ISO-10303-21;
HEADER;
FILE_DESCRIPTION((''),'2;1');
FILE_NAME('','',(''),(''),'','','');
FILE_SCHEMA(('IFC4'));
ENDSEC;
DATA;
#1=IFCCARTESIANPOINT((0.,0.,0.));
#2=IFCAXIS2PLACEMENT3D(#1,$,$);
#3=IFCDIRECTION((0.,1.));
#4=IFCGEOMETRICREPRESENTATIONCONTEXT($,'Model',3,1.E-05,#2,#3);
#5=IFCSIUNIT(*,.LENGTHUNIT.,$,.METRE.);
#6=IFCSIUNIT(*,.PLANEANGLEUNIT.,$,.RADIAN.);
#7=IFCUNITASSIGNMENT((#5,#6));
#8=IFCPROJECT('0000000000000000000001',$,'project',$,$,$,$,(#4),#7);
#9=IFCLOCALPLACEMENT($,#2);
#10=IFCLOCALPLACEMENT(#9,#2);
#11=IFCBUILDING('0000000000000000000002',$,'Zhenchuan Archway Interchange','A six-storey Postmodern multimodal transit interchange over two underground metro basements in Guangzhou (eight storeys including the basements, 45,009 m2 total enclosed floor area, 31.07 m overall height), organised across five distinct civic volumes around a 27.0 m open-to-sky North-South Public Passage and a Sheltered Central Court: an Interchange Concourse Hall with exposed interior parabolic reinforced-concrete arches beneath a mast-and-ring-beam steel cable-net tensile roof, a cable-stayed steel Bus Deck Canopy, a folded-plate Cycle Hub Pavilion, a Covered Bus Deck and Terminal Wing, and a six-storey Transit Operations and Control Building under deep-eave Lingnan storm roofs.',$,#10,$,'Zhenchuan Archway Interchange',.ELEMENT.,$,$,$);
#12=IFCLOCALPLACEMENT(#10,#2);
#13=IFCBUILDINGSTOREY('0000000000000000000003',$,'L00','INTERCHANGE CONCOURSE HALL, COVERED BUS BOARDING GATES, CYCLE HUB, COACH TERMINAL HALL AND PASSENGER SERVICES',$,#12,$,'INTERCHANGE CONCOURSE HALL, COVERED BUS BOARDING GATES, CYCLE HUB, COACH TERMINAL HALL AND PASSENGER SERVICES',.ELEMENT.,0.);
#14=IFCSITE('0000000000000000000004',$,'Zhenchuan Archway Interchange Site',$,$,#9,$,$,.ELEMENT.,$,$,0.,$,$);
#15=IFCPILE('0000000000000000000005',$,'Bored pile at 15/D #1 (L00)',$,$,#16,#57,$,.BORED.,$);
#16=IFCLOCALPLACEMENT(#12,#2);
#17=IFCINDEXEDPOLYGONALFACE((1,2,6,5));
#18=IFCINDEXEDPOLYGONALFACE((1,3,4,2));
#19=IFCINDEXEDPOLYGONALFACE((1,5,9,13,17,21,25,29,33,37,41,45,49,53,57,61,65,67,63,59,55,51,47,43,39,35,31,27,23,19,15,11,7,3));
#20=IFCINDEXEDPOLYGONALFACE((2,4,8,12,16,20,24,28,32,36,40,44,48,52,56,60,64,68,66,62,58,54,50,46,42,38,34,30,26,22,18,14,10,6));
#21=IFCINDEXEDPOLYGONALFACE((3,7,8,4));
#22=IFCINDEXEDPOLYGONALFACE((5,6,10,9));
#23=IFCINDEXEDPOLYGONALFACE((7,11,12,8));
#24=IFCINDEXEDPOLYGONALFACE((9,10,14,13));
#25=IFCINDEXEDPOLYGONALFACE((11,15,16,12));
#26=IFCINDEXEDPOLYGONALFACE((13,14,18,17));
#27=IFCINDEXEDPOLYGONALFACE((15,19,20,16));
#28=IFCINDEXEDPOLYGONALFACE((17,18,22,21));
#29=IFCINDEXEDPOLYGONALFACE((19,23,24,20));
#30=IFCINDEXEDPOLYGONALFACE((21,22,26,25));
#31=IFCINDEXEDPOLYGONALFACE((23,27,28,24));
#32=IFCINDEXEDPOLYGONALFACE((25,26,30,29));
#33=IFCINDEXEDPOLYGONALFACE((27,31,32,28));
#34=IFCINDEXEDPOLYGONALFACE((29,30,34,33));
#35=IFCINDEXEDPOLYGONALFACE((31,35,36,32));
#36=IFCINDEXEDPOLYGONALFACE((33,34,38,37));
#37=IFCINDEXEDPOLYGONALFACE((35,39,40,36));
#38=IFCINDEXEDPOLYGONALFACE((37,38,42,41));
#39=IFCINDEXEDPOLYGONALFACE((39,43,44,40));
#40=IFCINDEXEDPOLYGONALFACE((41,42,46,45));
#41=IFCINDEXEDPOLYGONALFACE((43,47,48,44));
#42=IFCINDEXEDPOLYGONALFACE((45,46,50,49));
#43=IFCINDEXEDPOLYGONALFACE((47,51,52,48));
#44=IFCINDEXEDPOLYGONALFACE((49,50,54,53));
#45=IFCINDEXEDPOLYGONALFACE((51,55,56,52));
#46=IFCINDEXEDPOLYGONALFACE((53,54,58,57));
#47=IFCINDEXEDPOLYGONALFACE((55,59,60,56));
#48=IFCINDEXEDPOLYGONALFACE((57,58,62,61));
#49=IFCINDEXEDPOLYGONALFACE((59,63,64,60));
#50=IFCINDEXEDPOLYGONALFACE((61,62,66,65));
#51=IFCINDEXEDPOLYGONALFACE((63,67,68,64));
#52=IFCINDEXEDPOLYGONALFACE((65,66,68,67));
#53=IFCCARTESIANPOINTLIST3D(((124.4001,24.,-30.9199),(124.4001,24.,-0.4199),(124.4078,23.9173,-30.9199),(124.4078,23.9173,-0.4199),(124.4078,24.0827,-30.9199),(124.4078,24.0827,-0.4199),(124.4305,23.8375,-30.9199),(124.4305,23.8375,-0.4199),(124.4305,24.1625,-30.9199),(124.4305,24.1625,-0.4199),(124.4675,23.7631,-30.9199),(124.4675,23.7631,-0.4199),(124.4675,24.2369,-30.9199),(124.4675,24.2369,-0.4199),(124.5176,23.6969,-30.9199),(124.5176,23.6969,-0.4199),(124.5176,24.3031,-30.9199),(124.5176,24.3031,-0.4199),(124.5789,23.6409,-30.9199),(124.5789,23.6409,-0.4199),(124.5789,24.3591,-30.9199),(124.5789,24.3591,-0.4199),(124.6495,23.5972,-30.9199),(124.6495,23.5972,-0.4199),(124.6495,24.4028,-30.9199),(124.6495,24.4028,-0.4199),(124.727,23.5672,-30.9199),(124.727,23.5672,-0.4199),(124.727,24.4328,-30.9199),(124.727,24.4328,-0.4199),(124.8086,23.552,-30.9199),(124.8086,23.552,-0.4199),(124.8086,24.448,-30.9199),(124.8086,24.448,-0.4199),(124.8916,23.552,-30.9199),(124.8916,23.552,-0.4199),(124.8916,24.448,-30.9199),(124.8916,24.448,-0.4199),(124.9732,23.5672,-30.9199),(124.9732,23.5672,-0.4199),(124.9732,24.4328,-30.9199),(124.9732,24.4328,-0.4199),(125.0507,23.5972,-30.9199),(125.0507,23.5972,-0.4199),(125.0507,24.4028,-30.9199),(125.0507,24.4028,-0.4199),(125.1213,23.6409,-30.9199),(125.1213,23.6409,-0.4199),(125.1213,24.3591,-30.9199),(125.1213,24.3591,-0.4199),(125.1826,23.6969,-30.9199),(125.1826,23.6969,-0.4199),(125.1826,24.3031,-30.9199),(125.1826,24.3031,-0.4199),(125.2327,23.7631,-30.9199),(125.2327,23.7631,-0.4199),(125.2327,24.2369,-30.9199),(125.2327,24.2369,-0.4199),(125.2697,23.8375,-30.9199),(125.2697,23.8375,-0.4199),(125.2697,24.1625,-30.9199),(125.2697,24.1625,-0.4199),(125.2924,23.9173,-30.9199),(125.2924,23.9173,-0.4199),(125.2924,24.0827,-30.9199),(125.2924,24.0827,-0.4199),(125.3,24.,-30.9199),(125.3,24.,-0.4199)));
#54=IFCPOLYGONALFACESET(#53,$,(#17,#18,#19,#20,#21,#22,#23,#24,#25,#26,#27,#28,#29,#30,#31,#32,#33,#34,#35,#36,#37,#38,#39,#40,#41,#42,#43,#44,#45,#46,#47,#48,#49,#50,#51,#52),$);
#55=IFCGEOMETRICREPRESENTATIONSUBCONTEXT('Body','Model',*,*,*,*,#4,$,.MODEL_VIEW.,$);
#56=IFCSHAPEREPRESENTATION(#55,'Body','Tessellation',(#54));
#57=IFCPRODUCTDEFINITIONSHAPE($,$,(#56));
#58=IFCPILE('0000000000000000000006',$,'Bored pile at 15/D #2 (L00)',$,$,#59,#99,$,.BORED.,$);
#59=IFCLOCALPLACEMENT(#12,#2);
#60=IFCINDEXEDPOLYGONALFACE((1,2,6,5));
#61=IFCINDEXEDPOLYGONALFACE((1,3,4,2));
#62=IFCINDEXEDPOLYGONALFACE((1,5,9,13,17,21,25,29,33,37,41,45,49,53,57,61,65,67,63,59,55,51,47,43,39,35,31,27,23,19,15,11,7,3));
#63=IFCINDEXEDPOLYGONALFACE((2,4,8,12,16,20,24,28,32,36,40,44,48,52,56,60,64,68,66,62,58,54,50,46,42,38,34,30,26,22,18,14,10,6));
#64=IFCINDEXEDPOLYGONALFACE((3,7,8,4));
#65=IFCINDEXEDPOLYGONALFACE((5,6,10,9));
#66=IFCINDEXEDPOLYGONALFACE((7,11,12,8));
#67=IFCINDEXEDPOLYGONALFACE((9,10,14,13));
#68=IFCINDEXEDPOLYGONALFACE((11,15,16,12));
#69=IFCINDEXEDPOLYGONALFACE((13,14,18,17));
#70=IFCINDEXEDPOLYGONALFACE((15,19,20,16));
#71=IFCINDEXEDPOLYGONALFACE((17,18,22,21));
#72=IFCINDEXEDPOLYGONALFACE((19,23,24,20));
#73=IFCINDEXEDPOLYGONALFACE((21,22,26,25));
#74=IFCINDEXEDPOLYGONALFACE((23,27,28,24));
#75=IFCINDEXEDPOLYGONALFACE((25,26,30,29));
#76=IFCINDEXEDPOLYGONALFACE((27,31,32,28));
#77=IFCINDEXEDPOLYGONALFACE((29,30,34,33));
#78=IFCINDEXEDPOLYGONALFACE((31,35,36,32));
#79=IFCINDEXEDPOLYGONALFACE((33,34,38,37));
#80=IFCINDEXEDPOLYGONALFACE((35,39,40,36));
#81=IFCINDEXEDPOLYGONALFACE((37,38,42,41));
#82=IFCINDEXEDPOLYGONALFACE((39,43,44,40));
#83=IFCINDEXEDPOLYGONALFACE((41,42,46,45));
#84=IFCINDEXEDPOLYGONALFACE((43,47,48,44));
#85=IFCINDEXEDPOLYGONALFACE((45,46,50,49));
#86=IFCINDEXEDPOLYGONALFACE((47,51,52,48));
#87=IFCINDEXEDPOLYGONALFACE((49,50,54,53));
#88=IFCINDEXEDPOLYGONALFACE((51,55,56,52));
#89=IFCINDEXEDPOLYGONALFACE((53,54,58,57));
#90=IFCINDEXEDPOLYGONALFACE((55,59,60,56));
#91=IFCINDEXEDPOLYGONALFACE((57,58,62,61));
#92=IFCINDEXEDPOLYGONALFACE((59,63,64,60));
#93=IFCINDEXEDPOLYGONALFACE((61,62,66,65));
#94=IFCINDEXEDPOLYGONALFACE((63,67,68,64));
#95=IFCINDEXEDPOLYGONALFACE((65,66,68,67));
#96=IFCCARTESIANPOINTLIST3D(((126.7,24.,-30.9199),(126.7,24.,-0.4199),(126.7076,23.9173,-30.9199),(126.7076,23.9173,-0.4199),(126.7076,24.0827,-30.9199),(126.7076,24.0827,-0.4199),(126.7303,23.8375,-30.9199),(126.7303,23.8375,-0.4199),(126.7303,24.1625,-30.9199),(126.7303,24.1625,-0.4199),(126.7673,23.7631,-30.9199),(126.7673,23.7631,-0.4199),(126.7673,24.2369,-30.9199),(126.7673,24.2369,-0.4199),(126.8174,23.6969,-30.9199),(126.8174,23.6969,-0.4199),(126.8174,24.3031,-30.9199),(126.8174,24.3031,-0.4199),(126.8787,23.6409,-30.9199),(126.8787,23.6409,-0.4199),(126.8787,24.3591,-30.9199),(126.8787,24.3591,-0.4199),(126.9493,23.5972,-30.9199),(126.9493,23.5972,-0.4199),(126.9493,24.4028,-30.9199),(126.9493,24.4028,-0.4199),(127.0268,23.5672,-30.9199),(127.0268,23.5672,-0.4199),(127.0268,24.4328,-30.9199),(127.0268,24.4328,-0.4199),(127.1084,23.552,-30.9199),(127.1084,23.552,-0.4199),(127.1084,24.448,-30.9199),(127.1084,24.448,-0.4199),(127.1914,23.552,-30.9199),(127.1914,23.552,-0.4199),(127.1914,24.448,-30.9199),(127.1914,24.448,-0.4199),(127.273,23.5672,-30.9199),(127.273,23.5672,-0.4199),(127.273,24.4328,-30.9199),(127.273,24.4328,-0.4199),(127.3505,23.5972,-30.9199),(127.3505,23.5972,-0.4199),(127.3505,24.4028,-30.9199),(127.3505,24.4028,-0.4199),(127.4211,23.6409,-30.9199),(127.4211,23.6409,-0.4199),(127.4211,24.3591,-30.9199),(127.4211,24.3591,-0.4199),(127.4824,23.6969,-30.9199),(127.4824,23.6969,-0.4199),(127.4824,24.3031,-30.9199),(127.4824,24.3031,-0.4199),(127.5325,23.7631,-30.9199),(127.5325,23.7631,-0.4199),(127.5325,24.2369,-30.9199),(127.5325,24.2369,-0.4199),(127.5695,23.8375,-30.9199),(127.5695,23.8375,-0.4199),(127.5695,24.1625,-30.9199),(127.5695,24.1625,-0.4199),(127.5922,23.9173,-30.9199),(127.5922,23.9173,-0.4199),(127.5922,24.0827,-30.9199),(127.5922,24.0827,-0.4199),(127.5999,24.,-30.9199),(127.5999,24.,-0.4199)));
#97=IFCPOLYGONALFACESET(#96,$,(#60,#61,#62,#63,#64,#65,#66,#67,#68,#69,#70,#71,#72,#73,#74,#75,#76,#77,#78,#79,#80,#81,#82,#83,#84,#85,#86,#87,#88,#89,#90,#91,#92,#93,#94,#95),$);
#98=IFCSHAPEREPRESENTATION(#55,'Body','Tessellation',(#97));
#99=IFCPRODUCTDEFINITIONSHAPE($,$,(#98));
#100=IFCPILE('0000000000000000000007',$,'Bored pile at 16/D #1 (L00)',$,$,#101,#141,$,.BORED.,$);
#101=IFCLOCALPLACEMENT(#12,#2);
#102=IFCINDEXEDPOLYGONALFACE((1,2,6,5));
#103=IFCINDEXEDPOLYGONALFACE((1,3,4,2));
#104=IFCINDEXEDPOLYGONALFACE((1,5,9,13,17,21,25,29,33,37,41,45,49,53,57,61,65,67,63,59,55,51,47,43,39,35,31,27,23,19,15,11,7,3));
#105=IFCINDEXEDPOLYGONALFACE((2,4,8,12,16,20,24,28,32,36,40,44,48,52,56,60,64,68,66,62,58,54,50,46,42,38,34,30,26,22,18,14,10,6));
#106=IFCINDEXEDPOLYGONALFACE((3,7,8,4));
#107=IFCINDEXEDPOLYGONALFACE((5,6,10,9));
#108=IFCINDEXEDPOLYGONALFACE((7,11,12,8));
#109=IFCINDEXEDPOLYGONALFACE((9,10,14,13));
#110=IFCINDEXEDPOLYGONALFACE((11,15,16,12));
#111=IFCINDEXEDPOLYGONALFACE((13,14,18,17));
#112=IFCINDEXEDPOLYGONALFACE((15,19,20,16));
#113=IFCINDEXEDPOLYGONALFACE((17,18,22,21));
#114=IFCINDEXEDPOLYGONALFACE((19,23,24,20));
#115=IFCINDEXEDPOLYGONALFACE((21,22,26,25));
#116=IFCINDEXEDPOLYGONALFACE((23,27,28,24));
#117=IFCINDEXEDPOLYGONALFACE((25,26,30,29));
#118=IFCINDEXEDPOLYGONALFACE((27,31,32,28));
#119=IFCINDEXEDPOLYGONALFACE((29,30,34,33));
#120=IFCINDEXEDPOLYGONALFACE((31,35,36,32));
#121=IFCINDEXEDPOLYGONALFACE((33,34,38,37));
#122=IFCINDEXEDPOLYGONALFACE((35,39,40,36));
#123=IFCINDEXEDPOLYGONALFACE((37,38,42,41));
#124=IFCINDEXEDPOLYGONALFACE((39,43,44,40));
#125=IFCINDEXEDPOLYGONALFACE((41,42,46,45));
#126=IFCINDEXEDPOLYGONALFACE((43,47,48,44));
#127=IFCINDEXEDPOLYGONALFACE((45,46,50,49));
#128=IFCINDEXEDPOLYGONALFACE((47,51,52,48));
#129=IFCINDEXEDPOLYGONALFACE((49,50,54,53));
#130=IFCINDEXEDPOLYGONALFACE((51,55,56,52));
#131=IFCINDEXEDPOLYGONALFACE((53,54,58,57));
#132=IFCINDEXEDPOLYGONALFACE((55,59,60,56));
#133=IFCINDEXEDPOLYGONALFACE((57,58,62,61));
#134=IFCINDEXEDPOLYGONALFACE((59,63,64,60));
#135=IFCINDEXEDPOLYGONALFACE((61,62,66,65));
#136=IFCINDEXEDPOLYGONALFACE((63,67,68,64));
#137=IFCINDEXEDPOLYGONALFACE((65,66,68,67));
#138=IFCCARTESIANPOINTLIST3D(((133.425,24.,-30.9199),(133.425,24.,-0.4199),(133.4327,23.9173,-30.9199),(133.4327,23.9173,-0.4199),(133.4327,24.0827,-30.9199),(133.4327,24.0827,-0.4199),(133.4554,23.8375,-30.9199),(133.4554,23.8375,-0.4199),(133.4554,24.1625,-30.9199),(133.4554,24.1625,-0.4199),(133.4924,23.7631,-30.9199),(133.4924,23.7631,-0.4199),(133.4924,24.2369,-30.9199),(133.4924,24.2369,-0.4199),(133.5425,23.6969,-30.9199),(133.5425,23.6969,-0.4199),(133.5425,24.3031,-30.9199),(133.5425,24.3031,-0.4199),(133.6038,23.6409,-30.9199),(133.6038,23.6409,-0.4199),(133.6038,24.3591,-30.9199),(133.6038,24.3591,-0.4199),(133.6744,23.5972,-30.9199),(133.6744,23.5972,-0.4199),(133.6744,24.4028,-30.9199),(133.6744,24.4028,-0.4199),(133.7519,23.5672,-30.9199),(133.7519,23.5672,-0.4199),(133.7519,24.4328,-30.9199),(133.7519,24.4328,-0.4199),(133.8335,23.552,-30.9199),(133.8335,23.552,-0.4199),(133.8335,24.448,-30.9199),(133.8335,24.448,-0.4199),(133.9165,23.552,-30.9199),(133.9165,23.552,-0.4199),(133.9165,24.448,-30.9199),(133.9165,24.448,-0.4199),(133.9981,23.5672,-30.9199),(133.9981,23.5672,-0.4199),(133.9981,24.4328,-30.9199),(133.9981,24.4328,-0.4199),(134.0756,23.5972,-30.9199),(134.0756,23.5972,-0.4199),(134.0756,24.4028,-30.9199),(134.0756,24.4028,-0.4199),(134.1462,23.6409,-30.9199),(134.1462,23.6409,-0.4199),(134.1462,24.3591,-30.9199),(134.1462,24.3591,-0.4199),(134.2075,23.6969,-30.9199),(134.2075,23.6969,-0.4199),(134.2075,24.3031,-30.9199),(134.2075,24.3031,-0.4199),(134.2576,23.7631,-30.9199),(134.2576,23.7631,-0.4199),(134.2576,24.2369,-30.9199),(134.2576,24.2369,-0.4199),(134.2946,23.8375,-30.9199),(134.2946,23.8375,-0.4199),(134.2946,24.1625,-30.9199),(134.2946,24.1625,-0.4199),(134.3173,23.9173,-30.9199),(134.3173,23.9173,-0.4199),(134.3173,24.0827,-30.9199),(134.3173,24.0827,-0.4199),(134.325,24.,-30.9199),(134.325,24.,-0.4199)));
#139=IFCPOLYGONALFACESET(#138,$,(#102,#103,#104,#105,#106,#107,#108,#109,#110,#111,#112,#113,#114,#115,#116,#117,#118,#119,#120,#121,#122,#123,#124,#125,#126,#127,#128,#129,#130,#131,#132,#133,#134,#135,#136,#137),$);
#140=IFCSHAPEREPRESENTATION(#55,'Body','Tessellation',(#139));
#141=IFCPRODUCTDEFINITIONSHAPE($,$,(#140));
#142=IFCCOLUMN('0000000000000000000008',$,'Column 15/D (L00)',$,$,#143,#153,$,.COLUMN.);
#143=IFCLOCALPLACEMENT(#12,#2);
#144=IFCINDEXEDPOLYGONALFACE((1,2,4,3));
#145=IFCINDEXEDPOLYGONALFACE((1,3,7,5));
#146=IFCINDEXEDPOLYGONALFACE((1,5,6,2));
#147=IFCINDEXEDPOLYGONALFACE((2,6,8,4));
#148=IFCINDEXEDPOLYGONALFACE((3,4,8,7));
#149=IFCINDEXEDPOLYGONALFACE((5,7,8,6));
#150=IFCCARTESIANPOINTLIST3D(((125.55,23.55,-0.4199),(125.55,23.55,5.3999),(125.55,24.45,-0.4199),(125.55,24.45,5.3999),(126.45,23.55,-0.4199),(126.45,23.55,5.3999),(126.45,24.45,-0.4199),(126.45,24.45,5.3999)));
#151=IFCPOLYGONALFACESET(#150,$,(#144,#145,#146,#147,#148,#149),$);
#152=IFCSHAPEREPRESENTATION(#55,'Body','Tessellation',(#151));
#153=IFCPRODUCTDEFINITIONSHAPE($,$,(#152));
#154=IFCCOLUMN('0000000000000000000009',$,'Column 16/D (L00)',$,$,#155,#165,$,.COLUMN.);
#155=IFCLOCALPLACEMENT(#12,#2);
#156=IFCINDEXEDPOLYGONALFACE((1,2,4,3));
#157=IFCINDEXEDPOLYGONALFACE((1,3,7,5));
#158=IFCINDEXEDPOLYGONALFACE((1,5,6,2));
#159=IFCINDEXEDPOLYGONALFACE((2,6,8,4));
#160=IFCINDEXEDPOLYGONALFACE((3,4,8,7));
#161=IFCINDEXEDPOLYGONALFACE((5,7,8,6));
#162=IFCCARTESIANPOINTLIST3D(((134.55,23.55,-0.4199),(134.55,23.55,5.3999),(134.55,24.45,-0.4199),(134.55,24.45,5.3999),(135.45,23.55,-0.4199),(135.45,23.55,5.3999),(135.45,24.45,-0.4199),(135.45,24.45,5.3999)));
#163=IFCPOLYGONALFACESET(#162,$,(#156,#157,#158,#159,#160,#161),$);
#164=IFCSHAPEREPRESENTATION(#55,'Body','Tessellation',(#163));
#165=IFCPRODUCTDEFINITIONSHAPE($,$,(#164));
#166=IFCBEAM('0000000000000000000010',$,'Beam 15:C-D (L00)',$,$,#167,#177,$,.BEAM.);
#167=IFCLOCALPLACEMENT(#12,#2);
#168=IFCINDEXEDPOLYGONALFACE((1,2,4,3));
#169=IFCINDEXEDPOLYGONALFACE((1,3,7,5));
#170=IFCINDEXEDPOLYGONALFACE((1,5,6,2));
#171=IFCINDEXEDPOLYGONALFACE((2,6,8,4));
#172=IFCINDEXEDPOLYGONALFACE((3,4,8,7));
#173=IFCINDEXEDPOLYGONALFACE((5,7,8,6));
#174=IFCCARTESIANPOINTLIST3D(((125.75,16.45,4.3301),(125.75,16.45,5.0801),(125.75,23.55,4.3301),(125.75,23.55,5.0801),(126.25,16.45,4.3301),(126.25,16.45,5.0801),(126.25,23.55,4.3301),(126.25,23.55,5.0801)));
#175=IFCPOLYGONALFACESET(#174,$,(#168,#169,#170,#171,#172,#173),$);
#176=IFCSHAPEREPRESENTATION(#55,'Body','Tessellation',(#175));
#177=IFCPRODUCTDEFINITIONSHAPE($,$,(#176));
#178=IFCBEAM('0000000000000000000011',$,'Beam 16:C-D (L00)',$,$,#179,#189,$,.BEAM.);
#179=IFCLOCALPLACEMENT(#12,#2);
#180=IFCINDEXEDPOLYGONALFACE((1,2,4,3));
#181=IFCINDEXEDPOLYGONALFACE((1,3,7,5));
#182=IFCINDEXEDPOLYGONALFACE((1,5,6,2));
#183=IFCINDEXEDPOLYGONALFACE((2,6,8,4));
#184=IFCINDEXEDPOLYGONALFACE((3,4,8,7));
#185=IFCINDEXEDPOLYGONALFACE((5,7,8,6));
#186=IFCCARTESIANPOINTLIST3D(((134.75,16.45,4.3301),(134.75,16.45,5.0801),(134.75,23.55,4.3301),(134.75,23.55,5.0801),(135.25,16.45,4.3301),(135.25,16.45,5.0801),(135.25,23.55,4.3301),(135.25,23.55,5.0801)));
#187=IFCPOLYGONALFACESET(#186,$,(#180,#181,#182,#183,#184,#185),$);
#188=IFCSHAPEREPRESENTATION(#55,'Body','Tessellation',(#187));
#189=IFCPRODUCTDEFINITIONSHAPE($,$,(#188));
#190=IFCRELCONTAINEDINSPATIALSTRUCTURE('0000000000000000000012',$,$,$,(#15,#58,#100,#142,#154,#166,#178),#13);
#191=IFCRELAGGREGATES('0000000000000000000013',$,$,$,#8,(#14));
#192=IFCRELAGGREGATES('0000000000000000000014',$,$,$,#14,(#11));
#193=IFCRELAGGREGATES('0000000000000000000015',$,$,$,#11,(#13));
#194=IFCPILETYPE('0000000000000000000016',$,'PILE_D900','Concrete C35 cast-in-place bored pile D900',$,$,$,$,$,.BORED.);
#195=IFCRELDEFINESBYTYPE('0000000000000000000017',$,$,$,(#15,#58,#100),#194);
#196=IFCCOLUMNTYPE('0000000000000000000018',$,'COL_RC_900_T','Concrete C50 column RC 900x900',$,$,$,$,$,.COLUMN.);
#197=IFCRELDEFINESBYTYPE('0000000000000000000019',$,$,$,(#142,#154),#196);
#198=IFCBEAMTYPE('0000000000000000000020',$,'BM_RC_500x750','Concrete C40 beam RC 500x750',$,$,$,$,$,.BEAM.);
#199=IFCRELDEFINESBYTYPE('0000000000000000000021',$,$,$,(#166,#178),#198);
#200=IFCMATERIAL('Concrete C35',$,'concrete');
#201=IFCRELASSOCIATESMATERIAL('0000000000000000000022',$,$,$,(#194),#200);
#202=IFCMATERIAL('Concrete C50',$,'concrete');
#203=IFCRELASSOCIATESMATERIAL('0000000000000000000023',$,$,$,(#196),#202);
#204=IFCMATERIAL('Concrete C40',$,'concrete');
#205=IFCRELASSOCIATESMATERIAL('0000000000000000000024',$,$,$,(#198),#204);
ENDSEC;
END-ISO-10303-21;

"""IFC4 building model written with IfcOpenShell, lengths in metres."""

from ifc_helpers import new_model, si_unit, direction, frame, origin, origin_2d, place, context, subcontext, project, spatial, rectangle, circle, extrude, material, material_profile, profile_set, type_object, element, save


model = new_model("IFC4")

# Units and contexts
model_context = context("Model", 3, precision=1e-05, world=origin(), true_north=direction((0.0, 1.0)))
body_context = subcontext(model_context, "Body", "Model", "MODEL_VIEW")
ifc_project = project(units=[si_unit("LENGTHUNIT", "METRE"), si_unit("PLANEANGLEUNIT", "RADIAN")], contexts=[model_context])

# Site, building, storey
site_placement = place(None, origin())
site = spatial("IfcSite", under=ifc_project, at=site_placement, Name="Zhenchuan Archway Interchange Site", CompositionType="ELEMENT", RefElevation=0.0)
building_placement = place(site_placement, origin())
building = spatial("IfcBuilding", under=site, at=building_placement, Name="Zhenchuan Archway Interchange", Description="A six-storey Postmodern multimodal transit interchange over two underground metro basements in Guangzhou (eight storeys including the basements, 45,009 m2 total enclosed floor area, 31.07 m overall height), organised across five distinct civic volumes around a 27.0 m open-to-sky North-South Public Passage and a Sheltered Central Court: an Interchange Concourse Hall with exposed interior parabolic reinforced-concrete arches beneath a mast-and-ring-beam steel cable-net tensile roof, a cable-stayed steel Bus Deck Canopy, a folded-plate Cycle Hub Pavilion, a Covered Bus Deck and Terminal Wing, and a six-storey Transit Operations and Control Building under deep-eave Lingnan storm roofs.", LongName="Zhenchuan Archway Interchange", CompositionType="ELEMENT")
storey_placement = place(building_placement, origin())
storey = spatial("IfcBuildingStorey", under=building, at=storey_placement, Name="L00", Description="INTERCHANGE CONCOURSE HALL, COVERED BUS BOARDING GATES, CYCLE HUB, COACH TERMINAL HALL AND PASSENGER SERVICES", LongName="INTERCHANGE CONCOURSE HALL, COVERED BUS BOARDING GATES, CYCLE HUB, COACH TERMINAL HALL AND PASSENGER SERVICES", CompositionType="ELEMENT", Elevation=0.0)

# Shared definitions
ifc_material_1 = material(Name="Concrete C40", Category="concrete")

# Piles
ifc_material_2 = material(Name="Concrete C35", Category="concrete")
ifc_material_profile_1 = material_profile(ifc_material_2, circle(Radius=0.45, at=origin_2d()), Name="BORED PILE 900")
ifc_profile_set_1 = profile_set([ifc_material_profile_1], Name="Concrete C35")
pile_type_1 = type_object("IfcPileType", Name="PILE_D900", Description="Concrete C35 cast-in-place bored pile D900", PredefinedType="BORED", material=ifc_profile_set_1)
for number, where, z_axis, x_axis, name in (
    (1, (124.8501, 24.0, -0.4199), (0.0, 0.0, -1.0), (1.0, 0.0, 0.0), "Bored pile at 15/D #1 (L00)"),
    (2, (127.1499, 24.0, -0.4199), (0.0, 0.0, -1.0), (1.0, 0.0, 0.0), "Bored pile at 15/D #2 (L00)"),
    (3, (133.875, 24.0, -0.4199), (0.0, 0.0, -1.0), (1.0, 0.0, 0.0), "Bored pile at 16/D #1 (L00)"),
):
    element("IfcPile", number, at=place(storey_placement, frame(where, z_axis=z_axis, x_axis=x_axis)), inside=storey, type_object=pile_type_1, Name=name, PredefinedType="BORED", context=body_context, shape_type="SweptSolid", body=[
        extrude(circle(Radius=0.45, at=origin_2d()), origin(), (0.0, 0.0, 1.0), 30.5),
    ])

# Columns
ifc_material_3 = material(Name="Concrete C50", Category="concrete")
ifc_material_profile_2 = material_profile(ifc_material_3, rectangle(XDim=0.8999, YDim=0.8999, at=origin_2d()), Name="RC 900x900")
ifc_profile_set_2 = profile_set([ifc_material_profile_2], Name="Concrete C50")
column_type = type_object("IfcColumnType", Name="COL_RC_900_T", Description="Concrete C50 column RC 900x900", PredefinedType="COLUMN", material=ifc_profile_set_2)
for number, where, z_axis, x_axis, name in (
    (4, (126.0, 24.0, -0.4199), (0.0, 0.0, 1.0), (1.0, 0.0, 0.0), "Column 15/D (L00)"),
    (5, (135.0, 24.0, -0.4199), (0.0, 0.0, 1.0), (1.0, 0.0, 0.0), "Column 16/D (L00)"),
):
    element("IfcColumn", number, at=place(storey_placement, frame(where, z_axis=z_axis, x_axis=x_axis)), inside=storey, type_object=column_type, Name=name, PredefinedType="COLUMN", context=body_context, shape_type="SweptSolid", body=[
        extrude(rectangle(XDim=0.8999, YDim=0.8999, at=origin_2d()), origin(), (0.0, 0.0, 1.0), 5.8198),
    ])

# Beams
ifc_material_profile_3 = material_profile(ifc_material_1, rectangle(XDim=0.5, YDim=0.75, at=origin_2d()), Name="RC 500x750")
ifc_profile_set_3 = profile_set([ifc_material_profile_3], Name="Concrete C40")
beam_type_1 = type_object("IfcBeamType", Name="BM_RC_500x750", Description="Concrete C40 beam RC 500x750", PredefinedType="BEAM", material=ifc_profile_set_3)
for number, where, z_axis, x_axis, name in (
    (6, (126.0, 16.45, 4.7051), (0.0, 1.0, 0.0), (-1.0, 0.0, 0.0), "Beam 15:C-D (L00)"),
    (7, (135.0, 16.45, 4.7051), (0.0, 1.0, 0.0), (-1.0, 0.0, 0.0), "Beam 16:C-D (L00)"),
):
    element("IfcBeam", number, at=place(storey_placement, frame(where, z_axis=z_axis, x_axis=x_axis)), inside=storey, type_object=beam_type_1, Name=name, PredefinedType="BEAM", context=body_context, shape_type="SweptSolid", body=[
        extrude(rectangle(XDim=0.5, YDim=0.75, at=origin_2d()), origin(), (0.0, 0.0, 1.0), 7.1001),
    ])

save(model, "model.ifc")
